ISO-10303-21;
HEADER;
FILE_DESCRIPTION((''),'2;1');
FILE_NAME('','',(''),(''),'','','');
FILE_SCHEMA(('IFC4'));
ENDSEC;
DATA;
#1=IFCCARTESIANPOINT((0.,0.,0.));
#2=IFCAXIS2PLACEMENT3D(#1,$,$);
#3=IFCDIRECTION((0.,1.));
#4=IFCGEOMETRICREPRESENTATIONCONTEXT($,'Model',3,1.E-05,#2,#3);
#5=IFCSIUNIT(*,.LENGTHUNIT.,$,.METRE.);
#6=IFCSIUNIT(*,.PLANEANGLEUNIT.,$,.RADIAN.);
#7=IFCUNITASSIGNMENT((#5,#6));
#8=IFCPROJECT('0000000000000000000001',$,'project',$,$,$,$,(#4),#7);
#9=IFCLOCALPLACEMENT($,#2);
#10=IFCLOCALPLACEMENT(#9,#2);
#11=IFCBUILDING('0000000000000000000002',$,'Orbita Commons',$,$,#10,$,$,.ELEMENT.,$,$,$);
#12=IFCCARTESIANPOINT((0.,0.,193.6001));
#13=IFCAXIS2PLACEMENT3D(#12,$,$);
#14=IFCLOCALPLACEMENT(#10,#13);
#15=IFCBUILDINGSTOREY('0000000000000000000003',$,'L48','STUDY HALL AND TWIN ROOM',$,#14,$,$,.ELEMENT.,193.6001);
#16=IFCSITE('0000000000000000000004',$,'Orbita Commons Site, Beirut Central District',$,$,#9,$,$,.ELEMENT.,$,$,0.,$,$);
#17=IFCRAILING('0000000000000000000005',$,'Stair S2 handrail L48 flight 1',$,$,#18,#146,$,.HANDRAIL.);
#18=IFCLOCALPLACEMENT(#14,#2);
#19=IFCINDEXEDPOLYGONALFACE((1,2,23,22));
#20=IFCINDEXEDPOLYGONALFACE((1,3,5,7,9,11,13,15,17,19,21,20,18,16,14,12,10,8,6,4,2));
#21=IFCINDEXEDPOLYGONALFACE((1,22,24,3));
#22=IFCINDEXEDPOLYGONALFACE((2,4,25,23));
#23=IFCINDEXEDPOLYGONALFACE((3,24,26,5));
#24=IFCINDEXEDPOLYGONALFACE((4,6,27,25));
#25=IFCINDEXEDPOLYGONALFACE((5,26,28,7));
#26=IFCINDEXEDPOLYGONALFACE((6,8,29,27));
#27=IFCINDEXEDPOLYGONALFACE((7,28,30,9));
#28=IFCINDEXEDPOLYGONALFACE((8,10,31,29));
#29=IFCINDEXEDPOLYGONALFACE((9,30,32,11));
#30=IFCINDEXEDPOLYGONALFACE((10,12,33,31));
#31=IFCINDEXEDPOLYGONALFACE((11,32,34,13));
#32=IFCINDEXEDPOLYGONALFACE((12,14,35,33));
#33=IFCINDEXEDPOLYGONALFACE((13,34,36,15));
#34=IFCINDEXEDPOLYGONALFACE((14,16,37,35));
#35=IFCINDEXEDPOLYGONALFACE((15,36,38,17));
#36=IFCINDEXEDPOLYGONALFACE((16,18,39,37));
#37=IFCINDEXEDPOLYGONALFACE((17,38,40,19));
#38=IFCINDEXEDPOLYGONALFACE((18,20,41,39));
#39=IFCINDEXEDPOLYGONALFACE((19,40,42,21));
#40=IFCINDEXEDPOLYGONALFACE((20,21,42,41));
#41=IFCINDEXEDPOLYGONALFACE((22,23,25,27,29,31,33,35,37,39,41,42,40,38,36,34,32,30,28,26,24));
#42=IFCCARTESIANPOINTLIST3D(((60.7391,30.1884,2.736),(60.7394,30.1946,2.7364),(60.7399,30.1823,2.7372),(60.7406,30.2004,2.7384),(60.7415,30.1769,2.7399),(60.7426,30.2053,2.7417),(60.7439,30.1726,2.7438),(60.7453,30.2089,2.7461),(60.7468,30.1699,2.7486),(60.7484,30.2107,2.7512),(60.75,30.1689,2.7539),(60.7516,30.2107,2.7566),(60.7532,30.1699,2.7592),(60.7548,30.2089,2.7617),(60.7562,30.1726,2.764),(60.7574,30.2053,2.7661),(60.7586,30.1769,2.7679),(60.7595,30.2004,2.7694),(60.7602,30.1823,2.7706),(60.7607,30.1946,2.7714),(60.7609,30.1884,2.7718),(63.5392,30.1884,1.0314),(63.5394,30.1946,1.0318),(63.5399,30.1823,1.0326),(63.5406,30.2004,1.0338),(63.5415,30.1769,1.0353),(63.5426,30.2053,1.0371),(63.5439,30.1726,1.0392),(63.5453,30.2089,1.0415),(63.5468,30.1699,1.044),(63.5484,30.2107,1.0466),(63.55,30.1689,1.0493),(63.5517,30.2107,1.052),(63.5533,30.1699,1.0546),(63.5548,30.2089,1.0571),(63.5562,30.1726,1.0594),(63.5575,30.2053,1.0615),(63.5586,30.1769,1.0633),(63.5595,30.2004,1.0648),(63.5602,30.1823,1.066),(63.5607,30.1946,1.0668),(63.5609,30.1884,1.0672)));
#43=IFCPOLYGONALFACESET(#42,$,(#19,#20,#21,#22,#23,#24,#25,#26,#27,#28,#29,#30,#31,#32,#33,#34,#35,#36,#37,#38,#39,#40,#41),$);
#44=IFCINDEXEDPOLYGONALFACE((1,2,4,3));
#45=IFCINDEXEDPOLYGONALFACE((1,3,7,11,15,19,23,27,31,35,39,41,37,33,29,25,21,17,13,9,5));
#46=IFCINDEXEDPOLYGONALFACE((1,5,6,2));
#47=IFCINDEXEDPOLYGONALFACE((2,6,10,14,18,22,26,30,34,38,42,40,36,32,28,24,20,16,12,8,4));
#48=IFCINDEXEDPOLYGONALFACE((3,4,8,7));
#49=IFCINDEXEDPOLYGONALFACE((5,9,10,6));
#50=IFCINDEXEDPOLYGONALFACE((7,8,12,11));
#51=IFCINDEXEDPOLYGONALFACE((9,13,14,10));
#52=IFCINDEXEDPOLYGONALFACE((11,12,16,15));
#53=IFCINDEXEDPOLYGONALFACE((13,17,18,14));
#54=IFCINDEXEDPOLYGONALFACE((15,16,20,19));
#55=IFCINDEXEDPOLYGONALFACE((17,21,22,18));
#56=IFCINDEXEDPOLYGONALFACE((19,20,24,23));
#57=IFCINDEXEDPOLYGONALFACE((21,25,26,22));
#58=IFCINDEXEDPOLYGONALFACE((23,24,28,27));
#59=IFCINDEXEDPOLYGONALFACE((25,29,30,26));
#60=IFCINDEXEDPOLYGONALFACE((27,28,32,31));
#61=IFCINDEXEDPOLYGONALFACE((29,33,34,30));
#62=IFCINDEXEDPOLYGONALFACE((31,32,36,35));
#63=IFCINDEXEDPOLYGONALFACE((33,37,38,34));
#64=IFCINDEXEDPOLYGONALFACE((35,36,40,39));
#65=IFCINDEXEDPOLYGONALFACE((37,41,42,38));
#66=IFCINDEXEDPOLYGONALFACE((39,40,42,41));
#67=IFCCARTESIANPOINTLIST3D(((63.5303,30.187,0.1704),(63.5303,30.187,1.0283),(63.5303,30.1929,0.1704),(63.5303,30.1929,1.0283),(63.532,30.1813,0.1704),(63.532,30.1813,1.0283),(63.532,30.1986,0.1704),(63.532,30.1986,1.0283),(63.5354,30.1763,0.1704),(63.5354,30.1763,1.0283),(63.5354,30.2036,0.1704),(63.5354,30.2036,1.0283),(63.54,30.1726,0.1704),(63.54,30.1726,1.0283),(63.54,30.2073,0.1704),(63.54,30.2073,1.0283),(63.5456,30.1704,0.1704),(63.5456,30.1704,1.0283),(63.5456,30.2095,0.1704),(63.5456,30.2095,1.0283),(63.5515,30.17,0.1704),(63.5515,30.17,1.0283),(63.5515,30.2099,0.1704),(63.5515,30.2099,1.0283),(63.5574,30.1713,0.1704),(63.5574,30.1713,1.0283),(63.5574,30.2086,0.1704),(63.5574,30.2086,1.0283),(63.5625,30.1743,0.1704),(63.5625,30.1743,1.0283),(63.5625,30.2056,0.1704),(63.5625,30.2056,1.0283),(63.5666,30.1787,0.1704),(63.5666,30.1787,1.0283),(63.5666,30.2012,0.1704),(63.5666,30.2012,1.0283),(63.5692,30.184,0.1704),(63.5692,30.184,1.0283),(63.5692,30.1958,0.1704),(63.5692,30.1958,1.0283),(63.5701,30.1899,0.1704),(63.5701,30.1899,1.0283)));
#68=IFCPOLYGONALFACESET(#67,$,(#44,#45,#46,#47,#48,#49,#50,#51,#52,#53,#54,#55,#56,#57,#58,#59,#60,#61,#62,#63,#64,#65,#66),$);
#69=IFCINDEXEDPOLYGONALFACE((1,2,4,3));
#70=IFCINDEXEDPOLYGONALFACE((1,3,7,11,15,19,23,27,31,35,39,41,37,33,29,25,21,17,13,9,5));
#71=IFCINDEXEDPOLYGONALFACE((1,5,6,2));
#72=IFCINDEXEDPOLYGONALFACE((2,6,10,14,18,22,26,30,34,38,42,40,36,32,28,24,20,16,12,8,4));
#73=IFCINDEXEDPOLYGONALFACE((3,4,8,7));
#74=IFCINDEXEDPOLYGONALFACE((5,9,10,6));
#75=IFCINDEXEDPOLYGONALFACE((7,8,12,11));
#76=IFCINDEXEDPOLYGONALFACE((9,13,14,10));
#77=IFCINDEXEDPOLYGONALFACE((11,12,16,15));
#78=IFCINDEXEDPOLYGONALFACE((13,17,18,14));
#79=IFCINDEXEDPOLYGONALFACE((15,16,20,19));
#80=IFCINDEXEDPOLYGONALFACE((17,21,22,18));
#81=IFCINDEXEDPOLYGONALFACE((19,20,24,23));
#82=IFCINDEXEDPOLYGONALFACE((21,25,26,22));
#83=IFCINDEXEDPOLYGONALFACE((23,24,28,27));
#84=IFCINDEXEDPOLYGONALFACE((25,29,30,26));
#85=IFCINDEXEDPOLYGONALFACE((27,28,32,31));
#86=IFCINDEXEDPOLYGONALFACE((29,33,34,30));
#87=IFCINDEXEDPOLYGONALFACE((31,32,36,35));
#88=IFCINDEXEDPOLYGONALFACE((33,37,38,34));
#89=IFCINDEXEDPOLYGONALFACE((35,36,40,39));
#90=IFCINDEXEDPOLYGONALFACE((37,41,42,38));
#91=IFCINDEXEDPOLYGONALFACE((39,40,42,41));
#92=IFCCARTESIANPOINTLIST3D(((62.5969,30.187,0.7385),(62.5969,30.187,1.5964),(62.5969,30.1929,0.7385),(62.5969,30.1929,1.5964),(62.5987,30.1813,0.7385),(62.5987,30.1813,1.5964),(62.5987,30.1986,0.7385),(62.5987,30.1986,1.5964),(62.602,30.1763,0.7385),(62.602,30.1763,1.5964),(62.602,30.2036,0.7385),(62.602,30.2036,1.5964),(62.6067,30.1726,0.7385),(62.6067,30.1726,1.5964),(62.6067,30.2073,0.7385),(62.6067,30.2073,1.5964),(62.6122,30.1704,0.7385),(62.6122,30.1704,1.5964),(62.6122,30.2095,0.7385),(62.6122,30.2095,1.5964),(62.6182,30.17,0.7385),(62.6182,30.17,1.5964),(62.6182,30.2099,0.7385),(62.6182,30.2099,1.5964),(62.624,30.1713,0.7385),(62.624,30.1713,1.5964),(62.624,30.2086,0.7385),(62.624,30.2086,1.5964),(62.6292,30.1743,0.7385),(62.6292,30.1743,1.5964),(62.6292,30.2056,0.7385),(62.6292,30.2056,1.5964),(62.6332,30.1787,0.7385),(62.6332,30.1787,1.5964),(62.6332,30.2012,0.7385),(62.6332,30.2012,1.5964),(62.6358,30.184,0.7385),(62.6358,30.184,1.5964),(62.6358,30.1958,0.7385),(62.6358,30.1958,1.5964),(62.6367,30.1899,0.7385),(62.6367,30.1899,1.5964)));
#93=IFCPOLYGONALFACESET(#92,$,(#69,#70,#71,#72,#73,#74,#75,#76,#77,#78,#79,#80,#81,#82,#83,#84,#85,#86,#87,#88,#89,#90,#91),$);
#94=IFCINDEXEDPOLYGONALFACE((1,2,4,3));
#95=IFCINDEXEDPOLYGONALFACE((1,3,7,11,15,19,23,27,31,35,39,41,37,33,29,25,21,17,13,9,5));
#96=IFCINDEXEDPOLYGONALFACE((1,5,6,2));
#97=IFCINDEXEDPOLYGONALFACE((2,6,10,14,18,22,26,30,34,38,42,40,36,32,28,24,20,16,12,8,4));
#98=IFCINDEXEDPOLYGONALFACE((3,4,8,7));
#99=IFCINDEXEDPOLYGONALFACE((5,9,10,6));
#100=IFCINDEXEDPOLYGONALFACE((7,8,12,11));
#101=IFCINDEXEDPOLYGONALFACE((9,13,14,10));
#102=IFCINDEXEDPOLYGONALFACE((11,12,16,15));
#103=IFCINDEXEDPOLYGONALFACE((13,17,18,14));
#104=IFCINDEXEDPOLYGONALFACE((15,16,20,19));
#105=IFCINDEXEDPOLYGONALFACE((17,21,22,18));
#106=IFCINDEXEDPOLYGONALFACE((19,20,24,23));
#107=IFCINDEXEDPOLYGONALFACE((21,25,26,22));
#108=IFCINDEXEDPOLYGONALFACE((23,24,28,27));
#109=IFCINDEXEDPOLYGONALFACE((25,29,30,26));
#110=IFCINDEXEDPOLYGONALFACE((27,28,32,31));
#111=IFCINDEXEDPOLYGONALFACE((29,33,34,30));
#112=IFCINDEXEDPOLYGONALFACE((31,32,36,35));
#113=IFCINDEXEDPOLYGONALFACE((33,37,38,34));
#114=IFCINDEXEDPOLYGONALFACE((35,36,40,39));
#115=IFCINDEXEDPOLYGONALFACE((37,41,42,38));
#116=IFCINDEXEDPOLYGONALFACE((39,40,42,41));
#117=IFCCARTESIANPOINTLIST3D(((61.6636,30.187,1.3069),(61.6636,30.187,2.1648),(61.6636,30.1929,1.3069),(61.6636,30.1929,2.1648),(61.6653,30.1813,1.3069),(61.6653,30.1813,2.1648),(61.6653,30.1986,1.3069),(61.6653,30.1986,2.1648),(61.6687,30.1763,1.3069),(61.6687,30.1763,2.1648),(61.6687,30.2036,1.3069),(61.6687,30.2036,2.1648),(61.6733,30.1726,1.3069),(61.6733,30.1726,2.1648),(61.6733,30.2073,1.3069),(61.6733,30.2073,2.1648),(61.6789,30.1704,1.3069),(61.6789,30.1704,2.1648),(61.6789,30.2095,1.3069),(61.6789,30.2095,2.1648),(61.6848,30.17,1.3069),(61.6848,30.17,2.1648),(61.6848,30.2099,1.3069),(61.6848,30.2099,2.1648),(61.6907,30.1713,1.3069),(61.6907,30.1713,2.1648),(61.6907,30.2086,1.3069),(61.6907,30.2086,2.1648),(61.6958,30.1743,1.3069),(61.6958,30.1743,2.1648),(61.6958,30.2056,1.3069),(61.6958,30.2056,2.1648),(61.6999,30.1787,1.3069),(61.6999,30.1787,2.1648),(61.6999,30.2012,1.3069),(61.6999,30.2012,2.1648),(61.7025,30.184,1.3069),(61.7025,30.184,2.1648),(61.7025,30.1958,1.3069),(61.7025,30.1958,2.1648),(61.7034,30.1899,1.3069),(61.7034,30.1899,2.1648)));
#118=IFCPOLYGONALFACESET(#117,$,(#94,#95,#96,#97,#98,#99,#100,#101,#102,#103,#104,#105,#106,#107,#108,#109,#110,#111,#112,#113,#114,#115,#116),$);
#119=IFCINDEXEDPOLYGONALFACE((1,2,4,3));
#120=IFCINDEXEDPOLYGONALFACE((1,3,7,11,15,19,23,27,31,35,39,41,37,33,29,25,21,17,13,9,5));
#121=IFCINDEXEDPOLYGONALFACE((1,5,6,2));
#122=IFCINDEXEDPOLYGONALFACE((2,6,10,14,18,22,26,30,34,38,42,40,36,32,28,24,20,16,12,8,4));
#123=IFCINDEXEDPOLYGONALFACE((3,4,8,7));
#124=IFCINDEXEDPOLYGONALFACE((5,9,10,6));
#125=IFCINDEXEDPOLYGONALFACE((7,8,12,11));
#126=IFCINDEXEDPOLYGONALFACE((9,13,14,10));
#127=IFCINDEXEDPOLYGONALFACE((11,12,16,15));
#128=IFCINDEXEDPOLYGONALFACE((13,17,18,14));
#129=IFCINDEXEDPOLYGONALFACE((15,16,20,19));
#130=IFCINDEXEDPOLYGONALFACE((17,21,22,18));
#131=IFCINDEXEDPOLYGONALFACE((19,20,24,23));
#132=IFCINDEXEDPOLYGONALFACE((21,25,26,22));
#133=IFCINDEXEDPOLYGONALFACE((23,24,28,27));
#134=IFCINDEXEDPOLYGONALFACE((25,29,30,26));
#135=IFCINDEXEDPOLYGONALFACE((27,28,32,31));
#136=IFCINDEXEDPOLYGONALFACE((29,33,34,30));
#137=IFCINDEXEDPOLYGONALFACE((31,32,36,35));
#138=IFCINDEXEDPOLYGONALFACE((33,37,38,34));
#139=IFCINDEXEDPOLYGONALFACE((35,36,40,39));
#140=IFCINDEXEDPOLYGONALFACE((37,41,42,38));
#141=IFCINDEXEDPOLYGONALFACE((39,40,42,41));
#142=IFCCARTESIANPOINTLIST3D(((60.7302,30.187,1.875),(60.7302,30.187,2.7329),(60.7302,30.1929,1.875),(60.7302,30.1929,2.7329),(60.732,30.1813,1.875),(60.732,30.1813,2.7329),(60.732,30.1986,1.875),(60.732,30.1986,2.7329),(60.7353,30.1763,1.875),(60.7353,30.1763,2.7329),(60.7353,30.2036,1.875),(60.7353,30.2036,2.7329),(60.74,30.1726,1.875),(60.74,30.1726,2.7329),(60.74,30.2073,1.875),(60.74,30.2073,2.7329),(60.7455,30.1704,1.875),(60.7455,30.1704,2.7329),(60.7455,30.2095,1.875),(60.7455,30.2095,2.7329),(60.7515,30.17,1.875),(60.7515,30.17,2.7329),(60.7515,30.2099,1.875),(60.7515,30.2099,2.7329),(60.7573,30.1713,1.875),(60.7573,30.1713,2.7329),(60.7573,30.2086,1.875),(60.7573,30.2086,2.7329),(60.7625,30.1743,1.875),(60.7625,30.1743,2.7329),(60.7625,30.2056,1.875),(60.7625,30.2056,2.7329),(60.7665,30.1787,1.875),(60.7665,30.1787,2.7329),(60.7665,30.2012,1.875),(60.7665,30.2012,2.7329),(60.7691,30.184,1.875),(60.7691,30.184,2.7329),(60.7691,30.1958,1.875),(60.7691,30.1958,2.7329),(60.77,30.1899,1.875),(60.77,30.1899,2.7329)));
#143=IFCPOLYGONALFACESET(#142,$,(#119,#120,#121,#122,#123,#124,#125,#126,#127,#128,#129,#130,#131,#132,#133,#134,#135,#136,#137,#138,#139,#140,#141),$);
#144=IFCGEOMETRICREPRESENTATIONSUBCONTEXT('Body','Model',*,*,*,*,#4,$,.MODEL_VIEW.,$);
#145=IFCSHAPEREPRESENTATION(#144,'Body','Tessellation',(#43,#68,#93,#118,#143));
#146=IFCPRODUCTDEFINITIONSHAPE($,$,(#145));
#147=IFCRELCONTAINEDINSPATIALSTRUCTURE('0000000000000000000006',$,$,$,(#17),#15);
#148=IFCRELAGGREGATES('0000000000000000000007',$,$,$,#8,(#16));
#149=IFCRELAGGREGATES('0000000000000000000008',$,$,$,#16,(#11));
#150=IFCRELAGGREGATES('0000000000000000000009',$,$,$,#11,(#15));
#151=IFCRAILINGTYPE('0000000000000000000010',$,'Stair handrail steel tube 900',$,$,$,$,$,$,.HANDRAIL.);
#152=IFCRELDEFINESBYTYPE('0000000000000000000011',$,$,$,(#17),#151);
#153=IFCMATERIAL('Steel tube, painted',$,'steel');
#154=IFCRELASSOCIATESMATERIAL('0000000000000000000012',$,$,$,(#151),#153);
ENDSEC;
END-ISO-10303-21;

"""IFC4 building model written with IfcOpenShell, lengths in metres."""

from ifc_helpers import new_model, si_unit, direction, frame, origin, origin_2d, place, context, subcontext, project, spatial, circle, extrude, material, type_object, element, save


model = new_model("IFC4")

# Units and contexts
model_context = context("Model", 3, precision=1e-05, world=origin(), true_north=direction((0.0, 1.0)))
body_context = subcontext(model_context, "Body", "Model", "MODEL_VIEW")
ifc_project = project(units=[si_unit("LENGTHUNIT", "METRE"), si_unit("PLANEANGLEUNIT", "RADIAN")], contexts=[model_context])

# Site, building, storey
site_placement = place(None, origin())
site = spatial("IfcSite", under=ifc_project, at=site_placement, Name="Orbita Commons Site, Beirut Central District", CompositionType="ELEMENT", RefElevation=0.0)
building_placement = place(site_placement, origin())
building = spatial("IfcBuilding", under=site, at=building_placement, Name="Orbita Commons", CompositionType="ELEMENT")
storey_placement = place(building_placement, frame((0.0, 0.0, 193.6001)))
storey = spatial("IfcBuildingStorey", under=building, at=storey_placement, Name="L48", Description="STUDY HALL AND TWIN ROOM", CompositionType="ELEMENT", Elevation=193.6001)

# Railing
ifc_material_1 = material(Name="Steel tube, painted", Category="steel")
railing_type = type_object("IfcRailingType", Name="Stair handrail steel tube 900", PredefinedType="HANDRAIL", material=ifc_material_1)
railing_placement = place(storey_placement, frame((63.55, 30.1899, 0.1704)))
element("IfcRailing", 1, at=railing_placement, inside=storey, type_object=railing_type, Name="Stair S2 handrail L48 flight 1", PredefinedType="HANDRAIL", context=body_context, shape_type="SweptSolid", body=[
    extrude(circle(Radius=0.021, at=origin_2d()), frame((0.0, 0.0, 0.8789), z_axis=(-0.85417, 0.0, 0.519994), x_axis=(0.0, -1.0, 0.0)), (0.0, 0.0, 1.0), 3.2781),
    extrude(circle(Radius=0.02, at=origin_2d()), origin(), (0.0, 0.0, 1.0), 0.8579),
    extrude(circle(Radius=0.02, at=origin_2d()), frame((-0.9333, 0.0, 0.5681)), (0.0, 0.0, 1.0), 0.8579),
    extrude(circle(Radius=0.02, at=origin_2d()), frame((-1.8667, 0.0, 1.1365)), (0.0, 0.0, 1.0), 0.8579),
    extrude(circle(Radius=0.02, at=origin_2d()), frame((-2.8, 0.0, 1.7046)), (0.0, 0.0, 1.0), 0.8579),
])

save(model, "model.ifc")
